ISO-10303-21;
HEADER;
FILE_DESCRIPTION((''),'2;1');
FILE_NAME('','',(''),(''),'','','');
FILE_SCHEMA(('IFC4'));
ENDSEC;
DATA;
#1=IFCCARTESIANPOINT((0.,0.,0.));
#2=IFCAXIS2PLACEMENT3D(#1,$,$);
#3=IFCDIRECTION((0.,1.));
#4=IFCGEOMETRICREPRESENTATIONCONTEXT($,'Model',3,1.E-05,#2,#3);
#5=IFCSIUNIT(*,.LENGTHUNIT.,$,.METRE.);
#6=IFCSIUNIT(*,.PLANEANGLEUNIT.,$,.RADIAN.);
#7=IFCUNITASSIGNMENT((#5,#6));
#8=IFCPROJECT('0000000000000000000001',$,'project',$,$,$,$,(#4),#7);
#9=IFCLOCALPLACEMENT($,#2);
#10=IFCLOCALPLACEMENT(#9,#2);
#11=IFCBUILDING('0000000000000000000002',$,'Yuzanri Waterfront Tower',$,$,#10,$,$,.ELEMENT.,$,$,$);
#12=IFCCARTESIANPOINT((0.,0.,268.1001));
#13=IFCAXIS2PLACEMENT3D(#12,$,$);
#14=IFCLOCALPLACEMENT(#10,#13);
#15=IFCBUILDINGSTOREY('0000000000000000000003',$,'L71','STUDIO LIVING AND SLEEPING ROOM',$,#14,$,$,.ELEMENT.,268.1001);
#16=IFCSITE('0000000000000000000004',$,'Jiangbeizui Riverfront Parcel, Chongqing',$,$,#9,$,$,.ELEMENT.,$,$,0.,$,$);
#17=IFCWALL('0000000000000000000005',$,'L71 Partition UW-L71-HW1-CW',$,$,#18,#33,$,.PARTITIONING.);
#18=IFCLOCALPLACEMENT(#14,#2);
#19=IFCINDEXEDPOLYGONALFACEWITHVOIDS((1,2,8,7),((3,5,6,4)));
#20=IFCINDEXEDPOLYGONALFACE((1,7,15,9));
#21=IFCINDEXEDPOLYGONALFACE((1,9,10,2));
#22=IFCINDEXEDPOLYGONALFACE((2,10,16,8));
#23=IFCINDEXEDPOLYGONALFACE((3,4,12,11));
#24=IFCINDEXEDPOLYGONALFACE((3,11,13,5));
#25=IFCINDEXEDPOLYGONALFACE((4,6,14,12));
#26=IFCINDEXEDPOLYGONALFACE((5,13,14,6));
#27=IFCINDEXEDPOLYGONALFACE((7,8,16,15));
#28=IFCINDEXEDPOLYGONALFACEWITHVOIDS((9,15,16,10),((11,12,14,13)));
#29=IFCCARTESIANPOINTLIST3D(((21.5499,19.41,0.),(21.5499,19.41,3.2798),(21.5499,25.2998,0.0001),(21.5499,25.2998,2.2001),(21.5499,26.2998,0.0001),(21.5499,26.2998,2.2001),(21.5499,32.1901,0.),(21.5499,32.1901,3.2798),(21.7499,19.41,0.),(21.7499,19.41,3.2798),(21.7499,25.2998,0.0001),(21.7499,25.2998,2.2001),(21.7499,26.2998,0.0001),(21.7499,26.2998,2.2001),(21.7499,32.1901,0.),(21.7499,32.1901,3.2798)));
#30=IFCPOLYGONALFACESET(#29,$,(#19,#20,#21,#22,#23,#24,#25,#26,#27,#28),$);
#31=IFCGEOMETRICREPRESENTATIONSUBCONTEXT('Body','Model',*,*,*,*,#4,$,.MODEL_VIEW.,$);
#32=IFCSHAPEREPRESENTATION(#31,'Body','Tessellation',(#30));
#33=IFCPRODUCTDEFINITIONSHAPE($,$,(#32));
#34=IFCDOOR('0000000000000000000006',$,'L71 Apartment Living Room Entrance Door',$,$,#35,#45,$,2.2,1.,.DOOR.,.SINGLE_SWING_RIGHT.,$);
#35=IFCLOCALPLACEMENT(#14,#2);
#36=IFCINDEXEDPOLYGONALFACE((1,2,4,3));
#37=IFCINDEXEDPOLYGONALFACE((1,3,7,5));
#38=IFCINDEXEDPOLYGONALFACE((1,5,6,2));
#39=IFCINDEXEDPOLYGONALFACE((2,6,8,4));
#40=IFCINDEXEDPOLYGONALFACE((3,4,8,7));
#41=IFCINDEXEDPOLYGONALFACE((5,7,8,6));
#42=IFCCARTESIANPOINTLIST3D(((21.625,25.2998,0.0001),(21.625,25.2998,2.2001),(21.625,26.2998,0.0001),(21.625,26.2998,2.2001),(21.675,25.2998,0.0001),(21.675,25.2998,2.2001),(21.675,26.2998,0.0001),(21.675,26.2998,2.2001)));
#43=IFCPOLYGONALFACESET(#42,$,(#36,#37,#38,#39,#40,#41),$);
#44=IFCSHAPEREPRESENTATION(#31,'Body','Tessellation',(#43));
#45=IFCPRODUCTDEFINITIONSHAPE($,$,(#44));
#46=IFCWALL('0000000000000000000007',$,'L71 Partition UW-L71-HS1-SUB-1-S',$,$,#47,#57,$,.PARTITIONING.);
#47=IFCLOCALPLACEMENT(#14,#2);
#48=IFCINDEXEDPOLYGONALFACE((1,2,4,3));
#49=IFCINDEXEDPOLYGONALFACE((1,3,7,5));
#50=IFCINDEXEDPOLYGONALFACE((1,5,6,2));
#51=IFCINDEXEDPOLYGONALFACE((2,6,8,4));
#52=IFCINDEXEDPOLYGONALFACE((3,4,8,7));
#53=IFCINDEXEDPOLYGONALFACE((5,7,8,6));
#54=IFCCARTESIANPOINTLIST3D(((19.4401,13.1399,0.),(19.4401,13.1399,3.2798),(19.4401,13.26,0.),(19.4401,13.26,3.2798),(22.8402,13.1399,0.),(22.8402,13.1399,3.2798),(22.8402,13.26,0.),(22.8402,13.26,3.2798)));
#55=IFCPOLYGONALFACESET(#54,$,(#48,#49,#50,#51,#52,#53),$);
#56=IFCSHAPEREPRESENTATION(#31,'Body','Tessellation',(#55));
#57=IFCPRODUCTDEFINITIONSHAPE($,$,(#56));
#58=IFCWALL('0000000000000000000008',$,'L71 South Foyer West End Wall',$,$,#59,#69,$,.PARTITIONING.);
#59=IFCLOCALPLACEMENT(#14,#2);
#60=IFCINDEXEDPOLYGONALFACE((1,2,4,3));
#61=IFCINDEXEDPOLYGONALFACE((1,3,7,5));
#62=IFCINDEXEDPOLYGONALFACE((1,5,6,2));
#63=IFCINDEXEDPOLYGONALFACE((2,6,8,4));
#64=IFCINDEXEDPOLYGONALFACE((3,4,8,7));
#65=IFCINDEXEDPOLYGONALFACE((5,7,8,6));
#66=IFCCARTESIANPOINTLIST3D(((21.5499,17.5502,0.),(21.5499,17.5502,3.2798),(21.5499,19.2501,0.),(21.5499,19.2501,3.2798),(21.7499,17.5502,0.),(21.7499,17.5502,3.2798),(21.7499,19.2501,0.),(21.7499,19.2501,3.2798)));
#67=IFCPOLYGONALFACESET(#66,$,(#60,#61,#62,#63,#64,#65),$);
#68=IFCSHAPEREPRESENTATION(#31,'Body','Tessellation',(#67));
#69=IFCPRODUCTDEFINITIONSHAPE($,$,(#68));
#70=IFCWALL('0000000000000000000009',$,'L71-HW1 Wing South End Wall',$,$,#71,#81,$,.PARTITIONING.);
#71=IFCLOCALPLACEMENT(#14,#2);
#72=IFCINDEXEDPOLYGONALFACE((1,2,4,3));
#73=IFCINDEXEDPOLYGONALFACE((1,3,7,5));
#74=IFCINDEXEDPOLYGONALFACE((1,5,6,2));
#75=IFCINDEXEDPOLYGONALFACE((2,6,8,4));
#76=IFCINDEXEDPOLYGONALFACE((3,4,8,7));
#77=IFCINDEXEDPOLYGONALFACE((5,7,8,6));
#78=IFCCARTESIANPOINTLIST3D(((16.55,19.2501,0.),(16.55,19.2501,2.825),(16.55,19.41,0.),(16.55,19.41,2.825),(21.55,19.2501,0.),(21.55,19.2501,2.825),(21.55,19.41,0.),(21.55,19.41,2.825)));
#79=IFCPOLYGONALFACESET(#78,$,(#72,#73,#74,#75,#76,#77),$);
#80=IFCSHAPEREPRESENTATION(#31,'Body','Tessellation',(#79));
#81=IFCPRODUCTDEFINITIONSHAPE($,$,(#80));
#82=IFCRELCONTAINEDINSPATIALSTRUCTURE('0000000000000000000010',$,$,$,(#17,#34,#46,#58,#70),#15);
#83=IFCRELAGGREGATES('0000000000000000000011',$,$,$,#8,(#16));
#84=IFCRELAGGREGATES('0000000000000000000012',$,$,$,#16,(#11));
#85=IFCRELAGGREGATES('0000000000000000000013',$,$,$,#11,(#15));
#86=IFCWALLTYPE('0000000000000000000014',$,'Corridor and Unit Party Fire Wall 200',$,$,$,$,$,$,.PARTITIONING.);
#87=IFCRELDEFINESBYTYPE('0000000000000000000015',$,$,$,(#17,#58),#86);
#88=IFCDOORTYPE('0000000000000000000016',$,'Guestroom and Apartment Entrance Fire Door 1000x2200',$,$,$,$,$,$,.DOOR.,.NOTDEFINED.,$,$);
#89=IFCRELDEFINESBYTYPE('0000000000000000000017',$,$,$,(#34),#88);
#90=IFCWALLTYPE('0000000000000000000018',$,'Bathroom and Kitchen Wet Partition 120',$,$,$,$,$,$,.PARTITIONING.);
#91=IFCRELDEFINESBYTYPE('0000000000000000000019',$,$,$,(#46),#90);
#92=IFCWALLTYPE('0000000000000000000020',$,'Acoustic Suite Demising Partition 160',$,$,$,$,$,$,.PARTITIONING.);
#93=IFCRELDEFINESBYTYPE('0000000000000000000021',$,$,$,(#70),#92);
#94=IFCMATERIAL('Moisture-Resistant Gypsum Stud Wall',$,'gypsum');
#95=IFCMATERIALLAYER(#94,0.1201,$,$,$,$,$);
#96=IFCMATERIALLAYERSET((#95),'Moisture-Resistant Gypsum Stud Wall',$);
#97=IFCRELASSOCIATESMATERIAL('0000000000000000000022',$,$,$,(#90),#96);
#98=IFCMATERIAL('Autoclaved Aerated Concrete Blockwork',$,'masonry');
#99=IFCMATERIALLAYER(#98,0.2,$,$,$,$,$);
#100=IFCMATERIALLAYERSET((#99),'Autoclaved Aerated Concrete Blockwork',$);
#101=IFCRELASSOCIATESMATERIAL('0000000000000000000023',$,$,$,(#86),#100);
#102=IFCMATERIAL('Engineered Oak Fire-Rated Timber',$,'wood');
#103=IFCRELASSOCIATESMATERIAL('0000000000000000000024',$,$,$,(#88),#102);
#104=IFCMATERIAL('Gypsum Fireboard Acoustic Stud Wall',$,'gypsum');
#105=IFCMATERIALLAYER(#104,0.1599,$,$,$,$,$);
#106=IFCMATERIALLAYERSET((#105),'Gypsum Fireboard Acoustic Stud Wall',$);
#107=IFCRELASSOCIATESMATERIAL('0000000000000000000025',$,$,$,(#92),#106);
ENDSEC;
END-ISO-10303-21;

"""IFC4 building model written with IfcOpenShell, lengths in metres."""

from ifc_helpers import new_model, si_unit, direction, frame, frame_2d, origin, place, context, subcontext, project, spatial, rectangle, extrude, source, transform, mapped, material, layer, layer_set, type_object, element, fill, save


model = new_model("IFC4")

# Units and contexts
model_context = context("Model", 3, precision=1e-05, world=origin(), true_north=direction((0.0, 1.0)))
body_context = subcontext(model_context, "Body", "Model", "MODEL_VIEW")
ifc_project = project(units=[si_unit("LENGTHUNIT", "METRE"), si_unit("PLANEANGLEUNIT", "RADIAN")], contexts=[model_context])

# Site, building, storey
site_placement = place(None, origin())
site = spatial("IfcSite", under=ifc_project, at=site_placement, Name="Jiangbeizui Riverfront Parcel, Chongqing", CompositionType="ELEMENT", RefElevation=0.0)
building_placement = place(site_placement, origin())
building = spatial("IfcBuilding", under=site, at=building_placement, Name="Yuzanri Waterfront Tower", CompositionType="ELEMENT")
storey_placement = place(building_placement, frame((0.0, 0.0, 268.1001)))
storey = spatial("IfcBuildingStorey", under=building, at=storey_placement, Name="L71", Description="STUDIO LIVING AND SLEEPING ROOM", CompositionType="ELEMENT", Elevation=268.1001)

# Shared definitions
ifc_material_1 = material(Name="Moisture-Resistant Gypsum Stud Wall", Category="gypsum")
ifc_layer_1 = layer(ifc_material_1, 0.1201)
ifc_layer_set_1 = layer_set([ifc_layer_1], Name="Moisture-Resistant Gypsum Stud Wall")
wall_type_1 = type_object("IfcWallType", Name="Bathroom and Kitchen Wet Partition 120", PredefinedType="PARTITIONING", material=ifc_layer_set_1)

# Wall, opening, door
ifc_material_2 = material(Name="Autoclaved Aerated Concrete Blockwork", Category="masonry")
ifc_layer_2 = layer(ifc_material_2, 0.2)
ifc_layer_set_2 = layer_set([ifc_layer_2], Name="Autoclaved Aerated Concrete Blockwork")
wall_type_2 = type_object("IfcWallType", Name="Corridor and Unit Party Fire Wall 200", PredefinedType="PARTITIONING", material=ifc_layer_set_2)
ifc_material_3 = material(Name="Engineered Oak Fire-Rated Timber", Category="wood")
door_type_1 = type_object("IfcDoorType", Name="Guestroom and Apartment Entrance Fire Door 1000x2200", OperationType="NOTDEFINED", PredefinedType="DOOR", material=ifc_material_3)
shared_shape_1 = source(origin(), body_context, "Body", "SweptSolid", [
    extrude(rectangle(XDim=1.0, YDim=2.2, at=frame_2d((0.5, 1.1001))), frame((0.0, 0.0249, 0.0), z_axis=(0.0, -1.0, 0.0), x_axis=(1.0, 0.0, 0.0)), (0.0, 0.0, 1.0), 0.05),
])
wall_1_placement = place(storey_placement, frame((21.6499, 19.4099, 0.0), z_axis=(0.0, 0.0, 1.0), x_axis=(0.0, 1.0, 0.0)))
wall_1 = element("IfcWall", 1, at=wall_1_placement, inside=storey, type_object=wall_type_2, Name="L71 Partition UW-L71-HW1-CW", PredefinedType="PARTITIONING", context=body_context, shape_type="SweptSolid", body=[
    extrude(rectangle(XDim=12.78, YDim=0.2, at=frame_2d((6.3901, 0.0))), origin(), (0.0, 0.0, 1.0), 3.2798),
])
opening_1_placement = place(wall_1_placement, frame((5.8899, 0.0, 0.0)))
opening_1 = element("IfcOpeningElement", 2, at=opening_1_placement, cuts=wall_1, PredefinedType="OPENING", context=body_context, shape_type="SweptSolid", body=[
    extrude(rectangle(XDim=1.0, YDim=2.2, at=frame_2d((0.5, 1.1001))), frame((0.0, 0.1147, 0.0), z_axis=(0.0, -1.0, 0.0), x_axis=(1.0, 0.0, 0.0)), (0.0, 0.0, 1.0), 0.2297),
])
door_1_placement = place(opening_1_placement, origin())
door_1 = element("IfcDoor", 3, at=door_1_placement, inside=storey, type_object=door_type_1, Name="L71 Apartment Living Room Entrance Door", OperationType="SINGLE_SWING_RIGHT", OverallHeight=2.2, OverallWidth=1.0, PredefinedType="DOOR", context=body_context, shape_type="MappedRepresentation", body=[
    mapped(shared_shape_1, transform((0.0, 0.0, 0.0), scale=1.0)),
])
fill(opening_1, door_1)

# Walls
shared_shape_2 = source(origin(), body_context, "Body", "SweptSolid", [
    extrude(rectangle(XDim=3.4001, YDim=0.1201, at=frame_2d((1.7002, 0.0))), origin(), (0.0, 0.0, 1.0), 3.2798),
])
wall_2_placement = place(storey_placement, frame((19.4399, 13.2, 0.0), z_axis=(0.0, 0.0, 1.0), x_axis=(1.0, 0.0, 0.0)))
element("IfcWall", 4, at=wall_2_placement, inside=storey, type_object=wall_type_1, Name="L71 Partition UW-L71-HS1-SUB-1-S", PredefinedType="PARTITIONING", context=body_context, shape_type="MappedRepresentation", body=[
    mapped(shared_shape_2, transform((0.0, 0.0, 0.0), scale=1.0)),
])
shared_shape_3 = source(origin(), body_context, "Body", "SweptSolid", [
    extrude(rectangle(XDim=1.7, YDim=0.2, at=frame_2d((0.8501, 0.0))), origin(), (0.0, 0.0, 1.0), 3.2798),
])
wall_3_placement = place(storey_placement, frame((21.6499, 17.55, 0.0), z_axis=(0.0, 0.0, 1.0), x_axis=(0.0, 1.0, 0.0)))
element("IfcWall", 5, at=wall_3_placement, inside=storey, type_object=wall_type_2, Name="L71 South Foyer West End Wall", PredefinedType="PARTITIONING", context=body_context, shape_type="MappedRepresentation", body=[
    mapped(shared_shape_3, transform((0.0, 0.0, 0.0), scale=1.0)),
])
ifc_material_4 = material(Name="Gypsum Fireboard Acoustic Stud Wall", Category="gypsum")
ifc_layer_3 = layer(ifc_material_4, 0.1599)
ifc_layer_set_3 = layer_set([ifc_layer_3], Name="Gypsum Fireboard Acoustic Stud Wall")
wall_type_3 = type_object("IfcWallType", Name="Acoustic Suite Demising Partition 160", PredefinedType="PARTITIONING", material=ifc_layer_set_3)
shared_shape_4 = source(origin(), body_context, "Body", "SweptSolid", [
    extrude(rectangle(XDim=5.0, YDim=0.1599, at=frame_2d((2.5, 0.0))), origin(), (0.0, 0.0, 1.0), 2.825),
])
wall_4_placement = place(storey_placement, frame((16.55, 19.3301, 0.0), z_axis=(0.0, 0.0, 1.0), x_axis=(1.0, 0.0, 0.0)))
element("IfcWall", 6, at=wall_4_placement, inside=storey, type_object=wall_type_3, Name="L71-HW1 Wing South End Wall", PredefinedType="PARTITIONING", context=body_context, shape_type="MappedRepresentation", body=[
    mapped(shared_shape_4, transform((0.0, 0.0, 0.0), scale=1.0)),
])

save(model, "model.ifc")
